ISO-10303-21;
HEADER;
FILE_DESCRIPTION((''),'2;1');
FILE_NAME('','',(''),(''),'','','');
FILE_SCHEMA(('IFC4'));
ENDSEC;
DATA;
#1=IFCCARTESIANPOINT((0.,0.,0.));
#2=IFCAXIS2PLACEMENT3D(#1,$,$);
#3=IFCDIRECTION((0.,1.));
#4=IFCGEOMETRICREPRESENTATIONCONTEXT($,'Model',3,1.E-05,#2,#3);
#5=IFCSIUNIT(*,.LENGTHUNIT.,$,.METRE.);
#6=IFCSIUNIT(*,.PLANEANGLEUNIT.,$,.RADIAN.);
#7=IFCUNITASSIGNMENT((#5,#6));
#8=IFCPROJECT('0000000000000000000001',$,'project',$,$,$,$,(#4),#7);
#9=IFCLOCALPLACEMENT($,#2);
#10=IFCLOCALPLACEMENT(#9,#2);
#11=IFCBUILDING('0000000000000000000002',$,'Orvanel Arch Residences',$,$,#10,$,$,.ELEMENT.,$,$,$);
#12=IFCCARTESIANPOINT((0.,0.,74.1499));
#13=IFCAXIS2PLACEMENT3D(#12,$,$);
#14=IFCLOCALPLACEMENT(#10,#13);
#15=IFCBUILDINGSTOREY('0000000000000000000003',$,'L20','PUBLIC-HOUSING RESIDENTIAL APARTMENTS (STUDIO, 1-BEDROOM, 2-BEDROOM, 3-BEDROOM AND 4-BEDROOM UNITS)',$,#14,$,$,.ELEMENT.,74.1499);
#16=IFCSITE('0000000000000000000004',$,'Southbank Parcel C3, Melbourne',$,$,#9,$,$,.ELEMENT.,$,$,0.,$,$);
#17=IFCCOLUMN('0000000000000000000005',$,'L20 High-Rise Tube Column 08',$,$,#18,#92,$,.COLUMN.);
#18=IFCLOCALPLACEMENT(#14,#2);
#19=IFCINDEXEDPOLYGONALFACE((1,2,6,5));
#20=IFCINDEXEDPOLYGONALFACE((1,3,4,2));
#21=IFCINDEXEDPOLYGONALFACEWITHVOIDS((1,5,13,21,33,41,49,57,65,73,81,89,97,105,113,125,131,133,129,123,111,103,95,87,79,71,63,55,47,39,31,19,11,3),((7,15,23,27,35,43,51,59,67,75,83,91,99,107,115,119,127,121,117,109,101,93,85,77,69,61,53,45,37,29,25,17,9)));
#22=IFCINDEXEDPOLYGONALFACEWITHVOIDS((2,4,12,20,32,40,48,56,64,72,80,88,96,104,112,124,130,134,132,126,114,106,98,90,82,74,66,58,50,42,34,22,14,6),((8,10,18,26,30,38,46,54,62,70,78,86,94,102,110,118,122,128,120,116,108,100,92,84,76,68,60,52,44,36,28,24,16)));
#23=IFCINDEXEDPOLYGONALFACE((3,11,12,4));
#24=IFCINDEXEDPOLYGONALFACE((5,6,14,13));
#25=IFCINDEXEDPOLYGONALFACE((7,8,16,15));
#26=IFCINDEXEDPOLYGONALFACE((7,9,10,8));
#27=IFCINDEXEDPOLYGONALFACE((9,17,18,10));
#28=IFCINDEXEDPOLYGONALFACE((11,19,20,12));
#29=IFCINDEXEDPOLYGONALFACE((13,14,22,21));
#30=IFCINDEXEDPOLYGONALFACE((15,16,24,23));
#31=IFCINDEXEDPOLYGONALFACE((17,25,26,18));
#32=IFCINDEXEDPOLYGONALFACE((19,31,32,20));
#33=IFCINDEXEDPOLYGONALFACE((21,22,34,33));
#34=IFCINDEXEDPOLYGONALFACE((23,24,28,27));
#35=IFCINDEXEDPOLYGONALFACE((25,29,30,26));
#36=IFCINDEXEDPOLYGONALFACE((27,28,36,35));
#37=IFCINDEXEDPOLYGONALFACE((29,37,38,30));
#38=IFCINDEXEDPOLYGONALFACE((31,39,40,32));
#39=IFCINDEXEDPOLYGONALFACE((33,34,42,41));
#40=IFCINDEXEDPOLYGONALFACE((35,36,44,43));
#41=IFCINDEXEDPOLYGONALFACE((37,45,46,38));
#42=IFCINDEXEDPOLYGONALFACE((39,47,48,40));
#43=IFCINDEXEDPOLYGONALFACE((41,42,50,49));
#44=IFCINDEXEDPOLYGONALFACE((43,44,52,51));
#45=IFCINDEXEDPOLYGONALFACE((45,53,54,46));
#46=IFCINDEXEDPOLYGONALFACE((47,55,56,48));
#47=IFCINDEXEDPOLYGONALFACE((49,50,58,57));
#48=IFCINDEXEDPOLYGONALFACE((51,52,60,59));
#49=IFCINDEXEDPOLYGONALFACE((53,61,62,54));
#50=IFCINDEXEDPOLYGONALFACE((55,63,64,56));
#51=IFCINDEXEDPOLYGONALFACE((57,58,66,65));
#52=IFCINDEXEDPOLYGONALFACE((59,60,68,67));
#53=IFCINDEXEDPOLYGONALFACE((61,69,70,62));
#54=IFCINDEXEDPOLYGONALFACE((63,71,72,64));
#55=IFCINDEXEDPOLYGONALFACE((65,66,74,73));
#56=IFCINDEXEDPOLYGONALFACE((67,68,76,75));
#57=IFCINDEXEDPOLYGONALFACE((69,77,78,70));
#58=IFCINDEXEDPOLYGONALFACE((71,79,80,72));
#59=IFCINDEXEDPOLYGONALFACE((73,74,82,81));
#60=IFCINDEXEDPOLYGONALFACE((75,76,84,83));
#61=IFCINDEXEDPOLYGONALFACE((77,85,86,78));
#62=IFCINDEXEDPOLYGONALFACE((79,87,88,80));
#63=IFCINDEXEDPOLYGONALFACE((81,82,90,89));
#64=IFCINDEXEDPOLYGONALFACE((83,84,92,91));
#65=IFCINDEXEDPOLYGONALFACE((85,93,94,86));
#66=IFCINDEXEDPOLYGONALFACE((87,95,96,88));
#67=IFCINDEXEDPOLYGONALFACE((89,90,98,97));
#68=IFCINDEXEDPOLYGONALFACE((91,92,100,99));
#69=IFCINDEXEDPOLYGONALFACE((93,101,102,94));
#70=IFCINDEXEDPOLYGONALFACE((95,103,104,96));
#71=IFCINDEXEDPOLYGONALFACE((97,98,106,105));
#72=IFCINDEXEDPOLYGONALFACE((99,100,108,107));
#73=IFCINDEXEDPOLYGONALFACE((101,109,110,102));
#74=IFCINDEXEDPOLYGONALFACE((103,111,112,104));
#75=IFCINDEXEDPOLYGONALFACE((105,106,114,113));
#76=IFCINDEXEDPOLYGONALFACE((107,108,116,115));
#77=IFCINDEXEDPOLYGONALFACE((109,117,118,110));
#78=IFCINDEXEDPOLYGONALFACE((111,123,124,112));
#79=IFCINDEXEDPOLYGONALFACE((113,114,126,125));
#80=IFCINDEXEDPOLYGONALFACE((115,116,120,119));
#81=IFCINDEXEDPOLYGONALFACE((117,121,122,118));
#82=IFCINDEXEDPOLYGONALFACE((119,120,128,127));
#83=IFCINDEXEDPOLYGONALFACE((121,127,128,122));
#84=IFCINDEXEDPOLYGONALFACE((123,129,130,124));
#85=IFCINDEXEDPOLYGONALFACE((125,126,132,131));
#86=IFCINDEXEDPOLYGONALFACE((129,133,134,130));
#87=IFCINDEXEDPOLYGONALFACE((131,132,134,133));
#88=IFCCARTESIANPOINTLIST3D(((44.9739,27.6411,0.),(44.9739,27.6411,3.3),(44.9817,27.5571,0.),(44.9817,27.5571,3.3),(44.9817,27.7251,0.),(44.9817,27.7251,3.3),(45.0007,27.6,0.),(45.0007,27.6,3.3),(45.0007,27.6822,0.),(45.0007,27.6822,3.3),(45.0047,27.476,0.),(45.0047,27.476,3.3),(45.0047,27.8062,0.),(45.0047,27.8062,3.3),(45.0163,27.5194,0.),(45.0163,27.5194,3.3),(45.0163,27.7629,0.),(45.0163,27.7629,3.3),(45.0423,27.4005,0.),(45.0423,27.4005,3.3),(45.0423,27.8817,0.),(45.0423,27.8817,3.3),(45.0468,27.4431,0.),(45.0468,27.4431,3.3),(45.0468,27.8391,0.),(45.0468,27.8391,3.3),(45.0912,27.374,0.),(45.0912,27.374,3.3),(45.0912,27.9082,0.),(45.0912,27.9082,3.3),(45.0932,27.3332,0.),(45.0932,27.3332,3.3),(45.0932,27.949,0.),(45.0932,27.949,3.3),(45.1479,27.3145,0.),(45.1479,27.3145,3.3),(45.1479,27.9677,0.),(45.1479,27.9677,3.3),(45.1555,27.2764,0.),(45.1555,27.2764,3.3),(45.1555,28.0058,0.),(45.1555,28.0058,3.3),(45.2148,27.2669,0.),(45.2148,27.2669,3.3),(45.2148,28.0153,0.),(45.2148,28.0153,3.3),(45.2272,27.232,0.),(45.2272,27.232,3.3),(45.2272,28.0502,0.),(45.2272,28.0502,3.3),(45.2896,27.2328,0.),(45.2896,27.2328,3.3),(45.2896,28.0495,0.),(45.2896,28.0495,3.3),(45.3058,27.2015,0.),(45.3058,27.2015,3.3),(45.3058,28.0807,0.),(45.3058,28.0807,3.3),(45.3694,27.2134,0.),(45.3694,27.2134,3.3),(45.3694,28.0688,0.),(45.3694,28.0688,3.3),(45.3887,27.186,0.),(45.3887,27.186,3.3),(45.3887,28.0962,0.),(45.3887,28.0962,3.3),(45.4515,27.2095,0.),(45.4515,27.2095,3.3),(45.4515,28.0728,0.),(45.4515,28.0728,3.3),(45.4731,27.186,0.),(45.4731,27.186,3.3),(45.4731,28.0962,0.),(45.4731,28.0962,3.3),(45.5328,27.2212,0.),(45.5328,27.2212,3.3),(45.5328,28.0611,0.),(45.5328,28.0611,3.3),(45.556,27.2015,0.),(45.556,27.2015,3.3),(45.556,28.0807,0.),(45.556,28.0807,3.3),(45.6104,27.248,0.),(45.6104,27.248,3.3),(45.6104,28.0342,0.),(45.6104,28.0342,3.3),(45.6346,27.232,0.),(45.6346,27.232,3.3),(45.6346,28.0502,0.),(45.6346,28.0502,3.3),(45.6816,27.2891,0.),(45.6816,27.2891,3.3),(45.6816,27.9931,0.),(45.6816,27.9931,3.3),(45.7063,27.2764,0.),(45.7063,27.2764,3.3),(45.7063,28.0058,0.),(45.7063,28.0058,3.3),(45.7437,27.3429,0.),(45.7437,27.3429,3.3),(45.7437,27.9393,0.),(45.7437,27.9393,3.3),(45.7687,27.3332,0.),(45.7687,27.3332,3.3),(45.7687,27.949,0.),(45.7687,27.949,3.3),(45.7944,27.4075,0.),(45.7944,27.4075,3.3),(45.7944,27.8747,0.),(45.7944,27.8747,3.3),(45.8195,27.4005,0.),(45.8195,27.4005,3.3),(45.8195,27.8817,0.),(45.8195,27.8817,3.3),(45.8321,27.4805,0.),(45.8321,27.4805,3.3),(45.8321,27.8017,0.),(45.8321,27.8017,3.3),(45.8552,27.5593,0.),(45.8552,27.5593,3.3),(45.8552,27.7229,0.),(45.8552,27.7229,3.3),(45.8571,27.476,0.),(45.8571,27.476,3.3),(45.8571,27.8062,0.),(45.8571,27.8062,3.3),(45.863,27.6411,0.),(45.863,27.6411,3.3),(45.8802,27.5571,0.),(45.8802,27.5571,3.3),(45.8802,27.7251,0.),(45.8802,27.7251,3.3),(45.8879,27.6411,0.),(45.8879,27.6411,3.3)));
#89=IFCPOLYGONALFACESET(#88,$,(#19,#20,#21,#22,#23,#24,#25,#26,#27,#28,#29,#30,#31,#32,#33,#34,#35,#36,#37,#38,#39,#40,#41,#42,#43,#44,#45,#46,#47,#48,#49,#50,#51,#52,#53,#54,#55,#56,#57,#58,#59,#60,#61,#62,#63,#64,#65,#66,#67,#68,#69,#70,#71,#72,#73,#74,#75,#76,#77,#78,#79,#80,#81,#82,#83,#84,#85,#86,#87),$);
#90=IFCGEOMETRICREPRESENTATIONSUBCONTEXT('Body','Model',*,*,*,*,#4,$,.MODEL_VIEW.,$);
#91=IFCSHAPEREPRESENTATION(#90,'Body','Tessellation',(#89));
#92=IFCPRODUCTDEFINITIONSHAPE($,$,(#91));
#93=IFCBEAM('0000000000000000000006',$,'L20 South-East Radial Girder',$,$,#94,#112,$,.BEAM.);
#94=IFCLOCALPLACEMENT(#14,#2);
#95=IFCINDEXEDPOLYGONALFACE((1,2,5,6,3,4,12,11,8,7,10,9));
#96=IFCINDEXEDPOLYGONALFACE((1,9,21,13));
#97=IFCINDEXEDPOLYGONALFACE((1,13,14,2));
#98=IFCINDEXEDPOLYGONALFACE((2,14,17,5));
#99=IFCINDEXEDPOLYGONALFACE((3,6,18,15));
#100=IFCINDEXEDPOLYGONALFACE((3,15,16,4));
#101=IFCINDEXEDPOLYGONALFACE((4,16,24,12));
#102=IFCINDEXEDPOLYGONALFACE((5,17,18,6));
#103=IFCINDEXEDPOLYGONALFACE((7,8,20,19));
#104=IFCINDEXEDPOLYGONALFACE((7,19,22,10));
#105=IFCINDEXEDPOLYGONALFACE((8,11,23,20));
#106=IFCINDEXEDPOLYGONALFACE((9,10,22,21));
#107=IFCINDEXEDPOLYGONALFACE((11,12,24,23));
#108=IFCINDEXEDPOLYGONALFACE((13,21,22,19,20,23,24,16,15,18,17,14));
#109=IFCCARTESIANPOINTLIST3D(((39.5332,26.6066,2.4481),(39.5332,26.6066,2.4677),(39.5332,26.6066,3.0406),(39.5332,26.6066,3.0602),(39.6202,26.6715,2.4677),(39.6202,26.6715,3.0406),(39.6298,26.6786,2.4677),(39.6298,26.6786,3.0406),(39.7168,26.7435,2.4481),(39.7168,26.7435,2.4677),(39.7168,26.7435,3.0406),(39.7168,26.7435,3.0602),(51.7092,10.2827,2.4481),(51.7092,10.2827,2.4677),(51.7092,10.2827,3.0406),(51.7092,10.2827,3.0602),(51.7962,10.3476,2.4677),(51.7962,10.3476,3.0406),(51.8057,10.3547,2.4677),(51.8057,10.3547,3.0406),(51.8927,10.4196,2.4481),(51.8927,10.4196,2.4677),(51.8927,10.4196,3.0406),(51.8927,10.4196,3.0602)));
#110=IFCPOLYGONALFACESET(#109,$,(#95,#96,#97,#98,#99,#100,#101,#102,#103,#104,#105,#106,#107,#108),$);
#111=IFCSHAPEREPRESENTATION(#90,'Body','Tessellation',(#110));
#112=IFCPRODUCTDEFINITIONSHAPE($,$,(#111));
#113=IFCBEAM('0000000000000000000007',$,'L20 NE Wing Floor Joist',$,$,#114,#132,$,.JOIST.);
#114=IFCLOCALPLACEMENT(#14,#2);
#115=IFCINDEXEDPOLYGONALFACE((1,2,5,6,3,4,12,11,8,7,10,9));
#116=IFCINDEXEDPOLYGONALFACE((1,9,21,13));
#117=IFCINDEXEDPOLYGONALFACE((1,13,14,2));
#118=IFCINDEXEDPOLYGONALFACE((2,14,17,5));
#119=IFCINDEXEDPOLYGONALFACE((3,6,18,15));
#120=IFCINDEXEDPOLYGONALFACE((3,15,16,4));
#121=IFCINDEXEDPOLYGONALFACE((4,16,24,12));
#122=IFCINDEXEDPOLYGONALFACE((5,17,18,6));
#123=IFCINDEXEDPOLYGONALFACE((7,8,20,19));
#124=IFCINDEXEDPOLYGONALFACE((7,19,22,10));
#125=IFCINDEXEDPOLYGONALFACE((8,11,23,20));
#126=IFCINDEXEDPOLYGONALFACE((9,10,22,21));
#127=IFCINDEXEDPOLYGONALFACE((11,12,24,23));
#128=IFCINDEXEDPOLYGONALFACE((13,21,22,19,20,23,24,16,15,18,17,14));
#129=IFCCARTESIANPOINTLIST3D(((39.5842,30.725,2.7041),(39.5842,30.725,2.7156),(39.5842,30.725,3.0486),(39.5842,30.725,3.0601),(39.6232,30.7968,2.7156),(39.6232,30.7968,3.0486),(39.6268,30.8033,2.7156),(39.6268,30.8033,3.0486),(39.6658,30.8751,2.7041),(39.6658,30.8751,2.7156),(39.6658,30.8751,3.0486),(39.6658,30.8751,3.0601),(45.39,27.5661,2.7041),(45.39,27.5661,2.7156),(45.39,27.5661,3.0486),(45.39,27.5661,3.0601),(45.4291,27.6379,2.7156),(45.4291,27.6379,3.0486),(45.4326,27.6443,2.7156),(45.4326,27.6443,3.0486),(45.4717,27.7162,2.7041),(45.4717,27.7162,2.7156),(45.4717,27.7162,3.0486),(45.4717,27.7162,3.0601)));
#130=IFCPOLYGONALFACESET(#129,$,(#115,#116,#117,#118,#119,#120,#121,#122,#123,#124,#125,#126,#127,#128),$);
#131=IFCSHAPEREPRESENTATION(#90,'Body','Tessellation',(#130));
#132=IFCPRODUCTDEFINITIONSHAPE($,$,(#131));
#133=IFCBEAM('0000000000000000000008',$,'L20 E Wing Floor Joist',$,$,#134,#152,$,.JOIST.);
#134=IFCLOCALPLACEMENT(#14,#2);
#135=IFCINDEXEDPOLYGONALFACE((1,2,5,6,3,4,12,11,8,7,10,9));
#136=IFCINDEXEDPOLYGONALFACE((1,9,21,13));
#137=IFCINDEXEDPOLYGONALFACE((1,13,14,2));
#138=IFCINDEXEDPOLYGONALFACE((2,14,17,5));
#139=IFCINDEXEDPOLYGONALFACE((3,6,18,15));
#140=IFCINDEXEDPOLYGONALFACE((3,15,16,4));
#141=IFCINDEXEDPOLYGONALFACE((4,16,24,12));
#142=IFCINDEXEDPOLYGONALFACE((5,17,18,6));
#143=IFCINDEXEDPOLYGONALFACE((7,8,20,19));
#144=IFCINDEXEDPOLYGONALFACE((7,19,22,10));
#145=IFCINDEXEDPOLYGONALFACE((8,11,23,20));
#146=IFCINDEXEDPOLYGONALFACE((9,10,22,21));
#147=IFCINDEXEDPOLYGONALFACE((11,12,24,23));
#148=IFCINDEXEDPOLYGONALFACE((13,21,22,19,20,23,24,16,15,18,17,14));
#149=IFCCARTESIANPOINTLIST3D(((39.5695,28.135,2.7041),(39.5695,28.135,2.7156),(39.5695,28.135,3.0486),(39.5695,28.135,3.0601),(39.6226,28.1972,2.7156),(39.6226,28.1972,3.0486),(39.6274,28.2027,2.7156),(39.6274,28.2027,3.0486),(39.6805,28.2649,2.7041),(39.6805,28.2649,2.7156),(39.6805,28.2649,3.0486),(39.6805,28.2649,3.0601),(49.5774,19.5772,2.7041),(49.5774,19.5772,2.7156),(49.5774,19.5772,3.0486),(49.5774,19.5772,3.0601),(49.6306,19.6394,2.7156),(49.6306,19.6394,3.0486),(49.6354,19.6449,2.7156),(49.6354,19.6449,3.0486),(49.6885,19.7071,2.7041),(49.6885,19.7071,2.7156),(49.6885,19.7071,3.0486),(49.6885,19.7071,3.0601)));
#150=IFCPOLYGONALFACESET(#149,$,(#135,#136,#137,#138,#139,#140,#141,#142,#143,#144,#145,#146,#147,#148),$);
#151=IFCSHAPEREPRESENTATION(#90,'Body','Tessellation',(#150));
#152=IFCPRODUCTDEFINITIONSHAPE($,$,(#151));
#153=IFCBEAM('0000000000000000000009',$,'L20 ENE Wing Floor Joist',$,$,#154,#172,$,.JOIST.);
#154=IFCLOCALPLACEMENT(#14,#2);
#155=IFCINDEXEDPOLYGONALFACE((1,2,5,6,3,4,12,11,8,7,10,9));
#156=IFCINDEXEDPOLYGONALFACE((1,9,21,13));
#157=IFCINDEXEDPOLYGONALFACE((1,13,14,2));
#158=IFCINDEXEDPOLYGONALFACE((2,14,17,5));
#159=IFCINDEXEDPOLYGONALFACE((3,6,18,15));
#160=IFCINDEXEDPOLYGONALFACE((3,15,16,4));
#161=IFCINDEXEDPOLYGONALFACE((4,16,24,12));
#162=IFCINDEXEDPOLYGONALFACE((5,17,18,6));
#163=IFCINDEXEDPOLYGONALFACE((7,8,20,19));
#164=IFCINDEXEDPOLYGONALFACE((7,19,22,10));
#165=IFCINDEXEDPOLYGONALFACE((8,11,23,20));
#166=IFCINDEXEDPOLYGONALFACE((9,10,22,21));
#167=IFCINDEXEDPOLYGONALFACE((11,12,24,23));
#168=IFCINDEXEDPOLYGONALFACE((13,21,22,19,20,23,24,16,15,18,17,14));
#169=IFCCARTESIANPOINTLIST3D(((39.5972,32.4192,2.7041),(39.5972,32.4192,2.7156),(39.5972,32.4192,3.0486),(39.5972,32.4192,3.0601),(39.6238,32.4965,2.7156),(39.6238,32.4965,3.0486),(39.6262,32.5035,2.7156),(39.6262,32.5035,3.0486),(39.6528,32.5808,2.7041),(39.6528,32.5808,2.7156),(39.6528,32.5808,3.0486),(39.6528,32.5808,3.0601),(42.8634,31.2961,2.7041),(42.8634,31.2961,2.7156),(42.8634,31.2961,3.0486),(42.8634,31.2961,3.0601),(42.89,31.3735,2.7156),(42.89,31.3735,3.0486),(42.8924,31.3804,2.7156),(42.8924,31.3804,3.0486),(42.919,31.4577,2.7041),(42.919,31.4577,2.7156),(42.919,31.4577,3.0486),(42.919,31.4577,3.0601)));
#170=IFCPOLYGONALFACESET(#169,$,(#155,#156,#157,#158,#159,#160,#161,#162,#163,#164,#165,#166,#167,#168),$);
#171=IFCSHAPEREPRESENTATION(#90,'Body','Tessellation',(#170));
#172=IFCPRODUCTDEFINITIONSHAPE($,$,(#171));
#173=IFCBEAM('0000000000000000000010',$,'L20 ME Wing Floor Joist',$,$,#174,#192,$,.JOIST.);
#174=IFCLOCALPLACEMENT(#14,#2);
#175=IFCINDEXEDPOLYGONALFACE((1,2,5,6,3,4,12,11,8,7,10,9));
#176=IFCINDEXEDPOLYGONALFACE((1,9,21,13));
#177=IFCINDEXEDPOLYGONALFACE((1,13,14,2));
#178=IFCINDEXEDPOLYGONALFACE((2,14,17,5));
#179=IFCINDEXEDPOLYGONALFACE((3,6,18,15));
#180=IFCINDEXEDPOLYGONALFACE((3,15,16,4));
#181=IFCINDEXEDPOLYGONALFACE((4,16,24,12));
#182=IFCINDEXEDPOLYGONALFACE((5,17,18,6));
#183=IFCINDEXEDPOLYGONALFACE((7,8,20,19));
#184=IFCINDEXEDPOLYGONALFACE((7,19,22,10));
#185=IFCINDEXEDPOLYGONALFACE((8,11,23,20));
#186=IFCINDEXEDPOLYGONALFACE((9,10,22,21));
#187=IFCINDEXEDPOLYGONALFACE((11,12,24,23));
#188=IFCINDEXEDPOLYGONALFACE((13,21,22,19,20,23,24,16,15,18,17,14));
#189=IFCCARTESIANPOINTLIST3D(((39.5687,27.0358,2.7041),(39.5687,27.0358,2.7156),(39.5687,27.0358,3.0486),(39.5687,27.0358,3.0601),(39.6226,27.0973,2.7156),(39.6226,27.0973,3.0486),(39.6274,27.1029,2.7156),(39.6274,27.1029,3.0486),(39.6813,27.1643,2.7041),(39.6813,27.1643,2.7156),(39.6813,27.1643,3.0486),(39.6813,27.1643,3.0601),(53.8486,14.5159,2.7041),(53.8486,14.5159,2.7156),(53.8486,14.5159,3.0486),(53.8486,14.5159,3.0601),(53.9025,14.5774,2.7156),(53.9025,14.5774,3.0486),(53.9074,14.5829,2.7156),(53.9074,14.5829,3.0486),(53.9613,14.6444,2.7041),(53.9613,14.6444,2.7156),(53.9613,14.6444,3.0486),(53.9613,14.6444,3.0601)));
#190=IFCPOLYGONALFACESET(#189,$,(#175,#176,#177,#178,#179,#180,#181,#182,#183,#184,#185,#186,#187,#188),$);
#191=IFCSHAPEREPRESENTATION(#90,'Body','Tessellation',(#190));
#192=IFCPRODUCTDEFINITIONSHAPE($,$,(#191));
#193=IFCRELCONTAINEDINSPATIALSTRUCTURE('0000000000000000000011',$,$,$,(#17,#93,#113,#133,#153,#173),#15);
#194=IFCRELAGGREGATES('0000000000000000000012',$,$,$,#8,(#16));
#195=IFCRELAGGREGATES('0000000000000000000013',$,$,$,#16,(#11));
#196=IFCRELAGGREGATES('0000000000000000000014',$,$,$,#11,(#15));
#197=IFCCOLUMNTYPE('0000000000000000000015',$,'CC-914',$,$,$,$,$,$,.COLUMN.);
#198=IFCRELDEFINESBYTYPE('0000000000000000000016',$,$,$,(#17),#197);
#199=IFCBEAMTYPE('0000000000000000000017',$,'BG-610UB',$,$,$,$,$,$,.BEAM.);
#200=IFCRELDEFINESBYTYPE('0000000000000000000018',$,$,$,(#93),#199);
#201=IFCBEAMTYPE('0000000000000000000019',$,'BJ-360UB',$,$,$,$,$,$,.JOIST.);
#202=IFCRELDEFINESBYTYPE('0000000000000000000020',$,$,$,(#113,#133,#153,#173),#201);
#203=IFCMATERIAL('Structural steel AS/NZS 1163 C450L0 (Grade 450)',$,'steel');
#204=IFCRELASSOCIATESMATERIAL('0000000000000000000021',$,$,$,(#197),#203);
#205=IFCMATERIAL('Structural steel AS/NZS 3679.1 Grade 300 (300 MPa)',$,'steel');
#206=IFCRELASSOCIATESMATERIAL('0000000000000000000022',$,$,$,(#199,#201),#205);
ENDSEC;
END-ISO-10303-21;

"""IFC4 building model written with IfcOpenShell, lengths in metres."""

from ifc_helpers import new_model, si_unit, direction, frame, origin, origin_2d, place, context, subcontext, project, spatial, hollow_circle, i_section, extrude, material, material_profile, profile_set, type_object, element, save


model = new_model("IFC4")

# Units and contexts
model_context = context("Model", 3, precision=1e-05, world=origin(), true_north=direction((0.0, 1.0)))
body_context = subcontext(model_context, "Body", "Model", "MODEL_VIEW")
ifc_project = project(units=[si_unit("LENGTHUNIT", "METRE"), si_unit("PLANEANGLEUNIT", "RADIAN")], contexts=[model_context])

# Site, building, storey
site_placement = place(None, origin())
site = spatial("IfcSite", under=ifc_project, at=site_placement, Name="Southbank Parcel C3, Melbourne", CompositionType="ELEMENT", RefElevation=0.0)
building_placement = place(site_placement, origin())
building = spatial("IfcBuilding", under=site, at=building_placement, Name="Orvanel Arch Residences", CompositionType="ELEMENT")
storey_placement = place(building_placement, frame((0.0, 0.0, 74.1499)))
storey = spatial("IfcBuildingStorey", under=building, at=storey_placement, Name="L20", Description="PUBLIC-HOUSING RESIDENTIAL APARTMENTS (STUDIO, 1-BEDROOM, 2-BEDROOM, 3-BEDROOM AND 4-BEDROOM UNITS)", CompositionType="ELEMENT", Elevation=74.1499)

# Column
ifc_material_1 = material(Name="Structural steel AS/NZS 1163 C450L0 (Grade 450)", Category="steel")
ifc_material_profile_1 = material_profile(ifc_material_1, hollow_circle(Radius=0.457, WallThickness=0.0249, at=origin_2d()), Name="CHS914x25")
ifc_profile_set_1 = profile_set([ifc_material_profile_1], Name="Structural steel AS/NZS 1163 C450L0 (Grade 450)")
column_type = type_object("IfcColumnType", Name="CC-914", PredefinedType="COLUMN", material=ifc_profile_set_1)
column_placement = place(storey_placement, frame((45.4309, 27.6411, 0.0), z_axis=(0.0, 0.0, 1.0), x_axis=(1.0, 0.0, 0.0)))
element("IfcColumn", 1, at=column_placement, inside=storey, type_object=column_type, Name="L20 High-Rise Tube Column 08", PredefinedType="COLUMN", context=body_context, shape_type="SweptSolid", body=[
    extrude(hollow_circle(Radius=0.457, WallThickness=0.0249, at=origin_2d()), origin(), (0.0, 0.0, 1.0), 3.3),
])

# Beams
ifc_material_2 = material(Name="Structural steel AS/NZS 3679.1 Grade 300 (300 MPa)", Category="steel")
ifc_material_profile_2 = material_profile(ifc_material_2, i_section(OverallWidth=0.229, OverallDepth=0.6121, WebThickness=0.012, FlangeThickness=0.0195, at=origin_2d()), Name="610UB125")
ifc_profile_set_2 = profile_set([ifc_material_profile_2], Name="Structural steel AS/NZS 3679.1 Grade 300 (300 MPa)")
beam_type_1 = type_object("IfcBeamType", Name="BG-610UB", PredefinedType="BEAM", material=ifc_profile_set_2)
beam_1_placement = place(storey_placement, frame((39.625, 26.675, 2.7542), z_axis=(0.597894, -0.801575, 0.0), x_axis=(0.801575, 0.597894, 0.0)))
element("IfcBeam", 2, at=beam_1_placement, inside=storey, type_object=beam_type_1, Name="L20 South-East Radial Girder", PredefinedType="BEAM", context=body_context, shape_type="SweptSolid", body=[
    extrude(i_section(OverallWidth=0.229, OverallDepth=0.6121, WebThickness=0.012, FlangeThickness=0.0195, at=origin_2d()), origin(), (0.0, 0.0, 1.0), 20.3647),
])
ifc_material_profile_3 = material_profile(ifc_material_2, i_section(OverallWidth=0.1709, OverallDepth=0.356, WebThickness=0.0073, FlangeThickness=0.0115, at=origin_2d()), Name="360UB50.7")
ifc_profile_set_3 = profile_set([ifc_material_profile_3], Name="Structural steel AS/NZS 3679.1 Grade 300 (300 MPa)")
beam_type_2 = type_object("IfcBeamType", Name="BJ-360UB", PredefinedType="JOIST", material=ifc_profile_set_3)
beam_2_placement = place(storey_placement, frame((39.625, 30.8, 2.8821), z_axis=(0.878399, -0.477928, 0.0), x_axis=(0.477928, 0.878399, 0.0)))
element("IfcBeam", 3, at=beam_2_placement, inside=storey, type_object=beam_type_2, Name="L20 NE Wing Floor Joist", PredefinedType="JOIST", context=body_context, shape_type="SweptSolid", body=[
    extrude(i_section(OverallWidth=0.1709, OverallDepth=0.356, WebThickness=0.0073, FlangeThickness=0.0115, at=origin_2d()), origin(), (0.0, 0.0, 1.0), 6.6096),
])
beam_3_placement = place(storey_placement, frame((39.625, 28.2, 2.8821), z_axis=(0.760024, -0.649895, 0.0), x_axis=(0.649895, 0.760024, 0.0)))
element("IfcBeam", 4, at=beam_3_placement, inside=storey, type_object=beam_type_2, Name="L20 E Wing Floor Joist", PredefinedType="JOIST", context=body_context, shape_type="SweptSolid", body=[
    extrude(i_section(OverallWidth=0.1709, OverallDepth=0.356, WebThickness=0.0073, FlangeThickness=0.0115, at=origin_2d()), origin(), (0.0, 0.0, 1.0), 13.168),
])
beam_4_placement = place(storey_placement, frame((39.625, 32.5, 2.8821), z_axis=(0.945658, -0.325163, 0.0), x_axis=(0.325163, 0.945658, 0.0)))
element("IfcBeam", 5, at=beam_4_placement, inside=storey, type_object=beam_type_2, Name="L20 ENE Wing Floor Joist", PredefinedType="JOIST", context=body_context, shape_type="SweptSolid", body=[
    extrude(i_section(OverallWidth=0.1709, OverallDepth=0.356, WebThickness=0.0073, FlangeThickness=0.0115, at=origin_2d()), origin(), (0.0, 0.0, 1.0), 3.4539),
])
beam_5_placement = place(storey_placement, frame((39.625, 27.1001, 2.8821), z_axis=(0.751924, -0.65925, 0.0), x_axis=(0.65925, 0.751924, 0.0)))
element("IfcBeam", 6, at=beam_5_placement, inside=storey, type_object=beam_type_2, Name="L20 ME Wing Floor Joist", PredefinedType="JOIST", context=body_context, shape_type="SweptSolid", body=[
    extrude(i_section(OverallWidth=0.1709, OverallDepth=0.356, WebThickness=0.0073, FlangeThickness=0.0115, at=origin_2d()), origin(), (0.0, 0.0, 1.0), 18.9912),
])

save(model, "model.ifc")
